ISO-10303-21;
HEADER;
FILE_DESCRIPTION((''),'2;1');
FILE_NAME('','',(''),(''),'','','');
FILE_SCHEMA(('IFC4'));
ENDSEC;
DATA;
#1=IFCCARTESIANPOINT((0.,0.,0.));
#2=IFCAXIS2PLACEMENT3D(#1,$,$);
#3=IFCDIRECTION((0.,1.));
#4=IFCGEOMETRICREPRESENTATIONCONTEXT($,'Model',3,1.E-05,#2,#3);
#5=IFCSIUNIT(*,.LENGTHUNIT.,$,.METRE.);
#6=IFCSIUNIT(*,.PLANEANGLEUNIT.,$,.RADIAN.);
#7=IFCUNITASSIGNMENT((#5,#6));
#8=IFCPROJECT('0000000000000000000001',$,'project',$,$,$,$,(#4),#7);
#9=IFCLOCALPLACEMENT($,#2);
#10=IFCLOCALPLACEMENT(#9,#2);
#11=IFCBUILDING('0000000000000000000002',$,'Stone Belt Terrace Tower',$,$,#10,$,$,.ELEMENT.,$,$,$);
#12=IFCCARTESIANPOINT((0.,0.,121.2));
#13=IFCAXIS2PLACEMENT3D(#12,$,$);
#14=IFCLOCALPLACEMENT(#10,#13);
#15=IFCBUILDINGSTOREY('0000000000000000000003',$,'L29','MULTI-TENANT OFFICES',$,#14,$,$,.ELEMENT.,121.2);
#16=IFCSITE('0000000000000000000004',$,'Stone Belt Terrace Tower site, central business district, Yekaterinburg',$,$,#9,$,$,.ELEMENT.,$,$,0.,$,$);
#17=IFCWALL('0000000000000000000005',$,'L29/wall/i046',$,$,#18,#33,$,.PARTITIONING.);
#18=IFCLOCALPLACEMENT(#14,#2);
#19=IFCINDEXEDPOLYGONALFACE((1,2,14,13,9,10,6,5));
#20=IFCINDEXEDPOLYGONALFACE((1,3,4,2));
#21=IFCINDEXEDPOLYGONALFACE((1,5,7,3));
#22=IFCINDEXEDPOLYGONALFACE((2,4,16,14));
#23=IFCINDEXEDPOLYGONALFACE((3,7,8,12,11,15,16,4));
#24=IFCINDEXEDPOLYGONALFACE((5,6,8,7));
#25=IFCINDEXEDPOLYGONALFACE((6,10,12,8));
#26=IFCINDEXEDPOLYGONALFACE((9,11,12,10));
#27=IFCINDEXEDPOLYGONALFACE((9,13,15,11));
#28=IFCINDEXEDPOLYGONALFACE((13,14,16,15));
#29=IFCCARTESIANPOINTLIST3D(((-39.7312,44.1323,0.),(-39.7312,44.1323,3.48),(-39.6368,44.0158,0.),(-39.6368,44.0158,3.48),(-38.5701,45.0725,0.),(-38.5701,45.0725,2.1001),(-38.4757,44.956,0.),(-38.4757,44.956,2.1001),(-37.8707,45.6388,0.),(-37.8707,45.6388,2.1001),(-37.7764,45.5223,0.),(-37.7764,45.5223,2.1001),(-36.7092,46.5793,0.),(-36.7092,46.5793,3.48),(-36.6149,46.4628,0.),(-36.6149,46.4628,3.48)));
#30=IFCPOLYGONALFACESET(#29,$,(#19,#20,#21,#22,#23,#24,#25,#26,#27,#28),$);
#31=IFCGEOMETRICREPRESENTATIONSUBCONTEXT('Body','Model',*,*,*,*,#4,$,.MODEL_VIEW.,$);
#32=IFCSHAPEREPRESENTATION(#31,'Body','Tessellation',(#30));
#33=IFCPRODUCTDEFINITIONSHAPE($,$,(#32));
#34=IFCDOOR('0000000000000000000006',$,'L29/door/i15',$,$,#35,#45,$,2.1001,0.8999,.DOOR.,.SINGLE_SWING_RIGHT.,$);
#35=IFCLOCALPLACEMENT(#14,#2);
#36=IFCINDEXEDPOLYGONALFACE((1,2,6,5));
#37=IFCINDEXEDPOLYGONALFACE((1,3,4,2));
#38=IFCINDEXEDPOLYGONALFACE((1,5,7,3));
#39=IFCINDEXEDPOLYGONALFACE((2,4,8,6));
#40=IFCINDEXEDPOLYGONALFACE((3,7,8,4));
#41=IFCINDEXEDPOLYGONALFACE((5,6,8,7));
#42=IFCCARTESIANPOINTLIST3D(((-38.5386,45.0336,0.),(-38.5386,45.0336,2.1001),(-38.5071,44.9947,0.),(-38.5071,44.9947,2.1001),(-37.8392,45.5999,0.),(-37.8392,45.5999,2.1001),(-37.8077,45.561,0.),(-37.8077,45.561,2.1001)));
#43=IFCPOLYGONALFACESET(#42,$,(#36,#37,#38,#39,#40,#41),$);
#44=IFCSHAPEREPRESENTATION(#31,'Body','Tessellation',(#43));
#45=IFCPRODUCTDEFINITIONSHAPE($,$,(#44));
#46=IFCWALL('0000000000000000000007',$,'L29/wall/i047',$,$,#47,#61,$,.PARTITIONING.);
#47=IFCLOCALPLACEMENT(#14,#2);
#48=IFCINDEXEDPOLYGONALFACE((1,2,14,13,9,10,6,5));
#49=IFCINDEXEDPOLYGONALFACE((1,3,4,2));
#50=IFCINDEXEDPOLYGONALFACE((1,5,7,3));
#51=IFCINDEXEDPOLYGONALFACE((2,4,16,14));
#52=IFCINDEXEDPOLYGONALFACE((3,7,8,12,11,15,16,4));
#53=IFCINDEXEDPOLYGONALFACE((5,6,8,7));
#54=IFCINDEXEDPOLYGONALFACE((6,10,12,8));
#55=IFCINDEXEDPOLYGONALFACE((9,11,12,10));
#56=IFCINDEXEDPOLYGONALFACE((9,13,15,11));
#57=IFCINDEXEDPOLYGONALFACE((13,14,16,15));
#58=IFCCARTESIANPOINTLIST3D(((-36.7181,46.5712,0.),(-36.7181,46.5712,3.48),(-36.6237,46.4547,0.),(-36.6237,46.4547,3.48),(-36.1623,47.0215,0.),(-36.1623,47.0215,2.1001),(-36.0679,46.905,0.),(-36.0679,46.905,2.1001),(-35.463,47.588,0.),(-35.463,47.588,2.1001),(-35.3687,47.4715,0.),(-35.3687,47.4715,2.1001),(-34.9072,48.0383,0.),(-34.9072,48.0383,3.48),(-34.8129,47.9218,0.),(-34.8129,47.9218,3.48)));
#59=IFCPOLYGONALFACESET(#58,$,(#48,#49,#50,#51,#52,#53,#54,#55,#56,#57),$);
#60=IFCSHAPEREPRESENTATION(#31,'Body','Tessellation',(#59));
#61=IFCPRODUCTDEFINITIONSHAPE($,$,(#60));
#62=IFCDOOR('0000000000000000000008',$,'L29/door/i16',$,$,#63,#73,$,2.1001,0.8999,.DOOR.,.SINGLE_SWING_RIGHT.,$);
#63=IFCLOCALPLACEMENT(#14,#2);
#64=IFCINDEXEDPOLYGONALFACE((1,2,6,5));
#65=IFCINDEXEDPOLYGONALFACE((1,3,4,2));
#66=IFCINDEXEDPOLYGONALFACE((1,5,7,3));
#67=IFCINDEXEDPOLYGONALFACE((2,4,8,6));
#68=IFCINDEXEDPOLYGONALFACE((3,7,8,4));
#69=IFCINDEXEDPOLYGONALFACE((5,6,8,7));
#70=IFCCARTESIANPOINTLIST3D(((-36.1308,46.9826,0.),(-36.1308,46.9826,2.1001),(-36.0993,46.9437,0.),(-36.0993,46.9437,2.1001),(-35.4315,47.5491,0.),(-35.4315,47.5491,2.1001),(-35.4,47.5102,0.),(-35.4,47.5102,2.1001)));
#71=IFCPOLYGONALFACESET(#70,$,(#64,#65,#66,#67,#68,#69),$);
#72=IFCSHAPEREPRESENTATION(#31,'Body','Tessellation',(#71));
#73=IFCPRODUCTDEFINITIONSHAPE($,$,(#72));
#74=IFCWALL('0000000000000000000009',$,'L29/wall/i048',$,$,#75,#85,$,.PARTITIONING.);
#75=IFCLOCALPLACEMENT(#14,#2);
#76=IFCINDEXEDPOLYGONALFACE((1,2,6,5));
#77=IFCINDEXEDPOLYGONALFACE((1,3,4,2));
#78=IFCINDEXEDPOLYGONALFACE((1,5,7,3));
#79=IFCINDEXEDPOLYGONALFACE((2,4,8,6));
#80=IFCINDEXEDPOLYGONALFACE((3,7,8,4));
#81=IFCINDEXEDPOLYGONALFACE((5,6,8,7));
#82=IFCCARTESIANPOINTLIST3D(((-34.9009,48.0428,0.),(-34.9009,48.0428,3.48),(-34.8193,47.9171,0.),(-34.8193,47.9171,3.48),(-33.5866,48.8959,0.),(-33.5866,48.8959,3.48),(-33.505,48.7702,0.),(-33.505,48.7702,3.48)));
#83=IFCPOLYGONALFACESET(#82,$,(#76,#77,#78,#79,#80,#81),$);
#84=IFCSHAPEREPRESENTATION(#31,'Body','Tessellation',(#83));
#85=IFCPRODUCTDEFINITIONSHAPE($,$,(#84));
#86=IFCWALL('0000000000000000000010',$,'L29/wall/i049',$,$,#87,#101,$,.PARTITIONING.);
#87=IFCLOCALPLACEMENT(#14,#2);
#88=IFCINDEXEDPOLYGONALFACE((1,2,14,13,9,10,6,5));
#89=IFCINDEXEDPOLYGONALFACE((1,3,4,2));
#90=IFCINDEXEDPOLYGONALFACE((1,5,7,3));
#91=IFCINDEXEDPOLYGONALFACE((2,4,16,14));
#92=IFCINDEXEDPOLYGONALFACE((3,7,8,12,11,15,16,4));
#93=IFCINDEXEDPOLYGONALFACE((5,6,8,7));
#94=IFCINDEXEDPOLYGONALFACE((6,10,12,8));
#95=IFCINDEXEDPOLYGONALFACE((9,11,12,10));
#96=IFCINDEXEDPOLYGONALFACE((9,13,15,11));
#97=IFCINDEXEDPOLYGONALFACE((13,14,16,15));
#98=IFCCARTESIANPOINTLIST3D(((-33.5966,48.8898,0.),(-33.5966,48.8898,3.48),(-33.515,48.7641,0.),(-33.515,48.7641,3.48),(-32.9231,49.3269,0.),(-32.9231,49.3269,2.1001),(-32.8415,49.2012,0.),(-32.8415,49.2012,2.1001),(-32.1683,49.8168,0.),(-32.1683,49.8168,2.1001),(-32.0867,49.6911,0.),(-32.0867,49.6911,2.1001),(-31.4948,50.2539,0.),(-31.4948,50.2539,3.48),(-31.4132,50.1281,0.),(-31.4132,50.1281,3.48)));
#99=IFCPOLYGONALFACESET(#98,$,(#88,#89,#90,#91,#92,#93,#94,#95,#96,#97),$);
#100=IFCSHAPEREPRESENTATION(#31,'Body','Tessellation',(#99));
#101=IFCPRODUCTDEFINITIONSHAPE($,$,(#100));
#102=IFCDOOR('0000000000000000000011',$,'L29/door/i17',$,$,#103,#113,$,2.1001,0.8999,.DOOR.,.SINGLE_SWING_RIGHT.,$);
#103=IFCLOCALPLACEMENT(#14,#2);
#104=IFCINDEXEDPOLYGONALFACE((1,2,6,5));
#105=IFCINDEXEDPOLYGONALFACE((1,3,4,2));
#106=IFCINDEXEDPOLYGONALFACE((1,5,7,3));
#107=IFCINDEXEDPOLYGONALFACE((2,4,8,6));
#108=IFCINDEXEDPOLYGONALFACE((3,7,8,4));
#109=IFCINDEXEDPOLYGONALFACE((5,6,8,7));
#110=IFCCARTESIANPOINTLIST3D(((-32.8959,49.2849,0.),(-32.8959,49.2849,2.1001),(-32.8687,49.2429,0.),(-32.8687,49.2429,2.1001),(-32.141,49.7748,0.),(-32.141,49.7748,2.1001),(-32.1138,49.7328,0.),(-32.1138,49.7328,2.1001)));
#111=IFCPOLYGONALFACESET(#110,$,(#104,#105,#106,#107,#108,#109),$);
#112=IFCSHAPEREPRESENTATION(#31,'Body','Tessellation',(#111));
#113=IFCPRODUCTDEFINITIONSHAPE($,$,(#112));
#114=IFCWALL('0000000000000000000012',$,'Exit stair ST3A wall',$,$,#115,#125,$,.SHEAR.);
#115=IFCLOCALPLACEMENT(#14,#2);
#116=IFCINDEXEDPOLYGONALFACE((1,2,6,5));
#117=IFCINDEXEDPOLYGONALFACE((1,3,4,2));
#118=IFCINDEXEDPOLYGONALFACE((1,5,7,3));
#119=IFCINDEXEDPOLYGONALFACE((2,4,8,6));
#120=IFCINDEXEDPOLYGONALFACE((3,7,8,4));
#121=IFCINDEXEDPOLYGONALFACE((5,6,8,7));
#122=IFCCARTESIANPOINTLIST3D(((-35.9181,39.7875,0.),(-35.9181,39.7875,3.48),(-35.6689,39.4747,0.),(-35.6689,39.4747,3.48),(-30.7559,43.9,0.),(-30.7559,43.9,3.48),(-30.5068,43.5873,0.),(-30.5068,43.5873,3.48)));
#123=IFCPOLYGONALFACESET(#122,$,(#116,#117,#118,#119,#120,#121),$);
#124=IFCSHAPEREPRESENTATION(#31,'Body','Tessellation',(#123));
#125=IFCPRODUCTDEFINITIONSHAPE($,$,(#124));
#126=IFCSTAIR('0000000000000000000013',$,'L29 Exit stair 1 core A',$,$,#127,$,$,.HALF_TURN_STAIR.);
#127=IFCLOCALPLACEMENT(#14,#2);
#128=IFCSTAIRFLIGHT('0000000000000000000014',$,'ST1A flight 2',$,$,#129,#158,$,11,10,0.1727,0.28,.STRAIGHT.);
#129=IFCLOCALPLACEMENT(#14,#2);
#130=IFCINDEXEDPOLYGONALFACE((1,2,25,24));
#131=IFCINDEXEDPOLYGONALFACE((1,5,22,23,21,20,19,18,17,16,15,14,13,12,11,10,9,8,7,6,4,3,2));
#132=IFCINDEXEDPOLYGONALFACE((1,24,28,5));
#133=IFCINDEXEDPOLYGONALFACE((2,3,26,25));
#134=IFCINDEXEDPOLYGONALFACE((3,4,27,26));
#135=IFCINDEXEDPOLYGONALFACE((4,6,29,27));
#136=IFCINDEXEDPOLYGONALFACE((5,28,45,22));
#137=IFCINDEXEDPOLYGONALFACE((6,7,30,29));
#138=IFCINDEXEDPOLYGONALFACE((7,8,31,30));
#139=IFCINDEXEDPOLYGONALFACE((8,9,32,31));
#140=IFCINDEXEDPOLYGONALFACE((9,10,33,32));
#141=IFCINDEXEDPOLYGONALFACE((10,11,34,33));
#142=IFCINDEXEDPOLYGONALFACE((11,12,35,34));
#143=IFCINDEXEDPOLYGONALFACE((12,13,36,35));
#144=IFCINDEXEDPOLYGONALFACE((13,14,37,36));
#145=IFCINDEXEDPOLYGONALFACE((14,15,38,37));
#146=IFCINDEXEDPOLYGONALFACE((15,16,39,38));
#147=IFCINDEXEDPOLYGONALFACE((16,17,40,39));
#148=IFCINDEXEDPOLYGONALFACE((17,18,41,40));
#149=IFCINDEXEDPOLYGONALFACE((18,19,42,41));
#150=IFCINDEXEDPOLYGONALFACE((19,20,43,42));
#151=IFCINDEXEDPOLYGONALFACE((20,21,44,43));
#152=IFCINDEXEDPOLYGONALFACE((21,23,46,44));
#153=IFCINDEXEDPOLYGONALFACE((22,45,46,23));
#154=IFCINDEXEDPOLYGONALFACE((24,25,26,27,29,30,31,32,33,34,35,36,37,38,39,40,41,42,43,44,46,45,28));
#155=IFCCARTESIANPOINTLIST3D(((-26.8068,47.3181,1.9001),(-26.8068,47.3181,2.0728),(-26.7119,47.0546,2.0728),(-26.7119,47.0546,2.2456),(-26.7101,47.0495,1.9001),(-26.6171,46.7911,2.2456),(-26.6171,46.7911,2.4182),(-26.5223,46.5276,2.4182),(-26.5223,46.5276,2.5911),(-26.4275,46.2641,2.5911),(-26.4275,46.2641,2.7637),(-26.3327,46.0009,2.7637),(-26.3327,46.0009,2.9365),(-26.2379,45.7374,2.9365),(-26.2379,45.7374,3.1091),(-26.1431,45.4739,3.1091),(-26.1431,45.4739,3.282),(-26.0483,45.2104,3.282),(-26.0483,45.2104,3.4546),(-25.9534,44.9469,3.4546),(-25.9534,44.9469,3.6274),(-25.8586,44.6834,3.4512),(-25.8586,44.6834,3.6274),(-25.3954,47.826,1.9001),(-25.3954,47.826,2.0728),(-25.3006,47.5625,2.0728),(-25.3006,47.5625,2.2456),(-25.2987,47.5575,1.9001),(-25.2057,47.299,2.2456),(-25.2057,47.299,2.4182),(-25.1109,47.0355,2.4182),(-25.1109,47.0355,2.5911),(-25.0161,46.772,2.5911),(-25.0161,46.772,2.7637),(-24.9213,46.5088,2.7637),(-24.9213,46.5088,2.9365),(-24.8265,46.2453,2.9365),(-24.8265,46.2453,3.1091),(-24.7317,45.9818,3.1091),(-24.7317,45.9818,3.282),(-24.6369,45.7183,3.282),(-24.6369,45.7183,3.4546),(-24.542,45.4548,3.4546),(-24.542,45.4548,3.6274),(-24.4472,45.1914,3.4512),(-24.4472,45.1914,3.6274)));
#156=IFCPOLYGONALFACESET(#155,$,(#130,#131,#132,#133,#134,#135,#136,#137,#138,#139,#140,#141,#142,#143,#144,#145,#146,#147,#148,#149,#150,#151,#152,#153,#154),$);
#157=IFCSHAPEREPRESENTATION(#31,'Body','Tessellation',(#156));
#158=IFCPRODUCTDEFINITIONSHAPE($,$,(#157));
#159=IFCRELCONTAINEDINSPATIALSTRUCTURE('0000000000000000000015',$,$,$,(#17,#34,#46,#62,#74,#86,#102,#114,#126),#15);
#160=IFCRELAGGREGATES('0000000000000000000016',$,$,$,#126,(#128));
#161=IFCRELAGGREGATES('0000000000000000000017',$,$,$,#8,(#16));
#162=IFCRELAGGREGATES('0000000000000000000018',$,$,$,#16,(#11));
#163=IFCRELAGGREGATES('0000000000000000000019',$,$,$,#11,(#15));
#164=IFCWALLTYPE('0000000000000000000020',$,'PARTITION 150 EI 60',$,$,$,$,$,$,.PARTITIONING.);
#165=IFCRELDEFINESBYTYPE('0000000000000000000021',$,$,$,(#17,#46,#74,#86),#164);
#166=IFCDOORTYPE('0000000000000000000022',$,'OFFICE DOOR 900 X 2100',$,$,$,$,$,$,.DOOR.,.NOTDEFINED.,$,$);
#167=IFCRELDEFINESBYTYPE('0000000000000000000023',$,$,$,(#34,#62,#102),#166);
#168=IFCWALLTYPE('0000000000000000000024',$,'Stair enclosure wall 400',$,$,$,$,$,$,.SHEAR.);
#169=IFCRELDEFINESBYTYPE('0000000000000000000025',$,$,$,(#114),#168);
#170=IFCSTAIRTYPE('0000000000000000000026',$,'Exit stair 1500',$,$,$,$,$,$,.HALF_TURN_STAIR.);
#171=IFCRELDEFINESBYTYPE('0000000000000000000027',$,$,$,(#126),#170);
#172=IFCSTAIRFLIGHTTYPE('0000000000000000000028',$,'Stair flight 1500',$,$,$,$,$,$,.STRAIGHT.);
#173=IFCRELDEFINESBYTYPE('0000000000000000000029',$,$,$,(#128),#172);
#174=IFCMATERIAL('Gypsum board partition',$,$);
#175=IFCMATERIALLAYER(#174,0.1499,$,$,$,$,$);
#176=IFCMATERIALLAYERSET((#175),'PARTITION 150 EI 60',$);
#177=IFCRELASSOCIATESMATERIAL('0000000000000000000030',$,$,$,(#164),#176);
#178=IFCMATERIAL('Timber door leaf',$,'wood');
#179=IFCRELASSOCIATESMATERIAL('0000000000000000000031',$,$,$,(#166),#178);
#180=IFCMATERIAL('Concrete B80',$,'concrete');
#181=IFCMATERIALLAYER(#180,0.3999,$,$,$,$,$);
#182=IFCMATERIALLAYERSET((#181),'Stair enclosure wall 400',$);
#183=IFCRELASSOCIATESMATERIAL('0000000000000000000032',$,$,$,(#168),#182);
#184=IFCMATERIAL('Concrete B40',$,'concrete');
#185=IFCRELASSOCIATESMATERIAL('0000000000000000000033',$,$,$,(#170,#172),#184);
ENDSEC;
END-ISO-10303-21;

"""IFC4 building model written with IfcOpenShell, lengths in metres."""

from ifc_helpers import new_model, si_unit, direction, frame, frame_2d, origin, place, context, subcontext, project, spatial, polyline, rectangle, outline, extrude, material, layer, layer_set, type_object, element, fill, aggregate, save


model = new_model("IFC4")

# Units and contexts
model_context = context("Model", 3, precision=1e-05, world=origin(), true_north=direction((0.0, 1.0)))
body_context = subcontext(model_context, "Body", "Model", "MODEL_VIEW")
ifc_project = project(units=[si_unit("LENGTHUNIT", "METRE"), si_unit("PLANEANGLEUNIT", "RADIAN")], contexts=[model_context])

# Site, building, storey
site_placement = place(None, origin())
site = spatial("IfcSite", under=ifc_project, at=site_placement, Name="Stone Belt Terrace Tower site, central business district, Yekaterinburg", CompositionType="ELEMENT", RefElevation=0.0)
building_placement = place(site_placement, origin())
building = spatial("IfcBuilding", under=site, at=building_placement, Name="Stone Belt Terrace Tower", CompositionType="ELEMENT")
storey_placement = place(building_placement, frame((0.0, 0.0, 121.2)))
storey = spatial("IfcBuildingStorey", under=building, at=storey_placement, Name="L29", Description="MULTI-TENANT OFFICES", CompositionType="ELEMENT", Elevation=121.2)

# Shared definitions
ifc_material_1 = material(Name="Concrete B80", Category="concrete")

# Shared definitions
ifc_material_2 = material(Name="Gypsum board partition")
ifc_layer_1 = layer(ifc_material_2, 0.1499)
ifc_layer_set_1 = layer_set([ifc_layer_1], Name="PARTITION 150 EI 60")
wall_type_1 = type_object("IfcWallType", Name="PARTITION 150 EI 60", PredefinedType="PARTITIONING", material=ifc_layer_set_1)

# Shared definitions
ifc_material_3 = material(Name="Timber door leaf", Category="wood")
door_type_1 = type_object("IfcDoorType", Name="OFFICE DOOR 900 X 2100", OperationType="NOTDEFINED", PredefinedType="DOOR", material=ifc_material_3)

# Walls, openings, doors
wall_1_placement = place(storey_placement, frame((-39.6841, 44.074, 0.0), z_axis=(0.0, 0.0, 1.0), x_axis=(0.777162, 0.629301, 0.0)))
wall_1 = element("IfcWall", 1, at=wall_1_placement, inside=storey, type_object=wall_type_1, Name="L29/wall/i046", PredefinedType="PARTITIONING", context=body_context, shape_type="SweptSolid", body=[
    extrude(rectangle(XDim=3.8884, YDim=0.1499, at=frame_2d((1.9443, 0.0))), origin(), (0.0, 0.0, 1.0), 3.48),
])
opening_1_placement = place(wall_1_placement, frame((1.4941, 0.0, 0.0)))
opening_1 = element("IfcOpeningElement", 2, at=opening_1_placement, cuts=wall_1, PredefinedType="OPENING", context=body_context, shape_type="SweptSolid", body=[
    extrude(rectangle(XDim=0.8999, YDim=2.1001, at=frame_2d((0.45, 1.05))), frame((0.0, 0.085, 0.0), z_axis=(0.0, -1.0, 0.0), x_axis=(1.0, 0.0, 0.0)), (0.0, 0.0, 1.0), 0.1699),
])
door_1_placement = place(opening_1_placement, origin())
door_1 = element("IfcDoor", 3, at=door_1_placement, inside=storey, type_object=door_type_1, Name="L29/door/i15", OperationType="SINGLE_SWING_RIGHT", OverallHeight=2.1001, OverallWidth=0.8999, PredefinedType="DOOR", context=body_context, shape_type="SweptSolid", body=[
    extrude(rectangle(XDim=0.8999, YDim=2.1001, at=frame_2d((0.45, 1.05))), frame((0.0, 0.0249, 0.0), z_axis=(0.0, -1.0, 0.0), x_axis=(1.0, 0.0, 0.0)), (0.0, 0.0, 1.0), 0.05),
])
fill(opening_1, door_1)
wall_2_placement = place(storey_placement, frame((-36.6709, 46.5129, 0.0), z_axis=(0.0, 0.0, 1.0), x_axis=(0.777001, 0.6295, 0.0)))
wall_2 = element("IfcWall", 4, at=wall_2_placement, inside=storey, type_object=wall_type_1, Name="L29/wall/i047", PredefinedType="PARTITIONING", context=body_context, shape_type="SweptSolid", body=[
    extrude(rectangle(XDim=2.3306, YDim=0.1499, at=frame_2d((1.1653, 0.0))), origin(), (0.0, 0.0, 1.0), 3.48),
])
opening_2_placement = place(wall_2_placement, frame((0.7153, 0.0, 0.0)))
opening_2 = element("IfcOpeningElement", 5, at=opening_2_placement, cuts=wall_2, PredefinedType="OPENING", context=body_context, shape_type="SweptSolid", body=[
    extrude(rectangle(XDim=0.8999, YDim=2.1001, at=frame_2d((0.45, 1.05))), frame((0.0, 0.085, 0.0), z_axis=(0.0, -1.0, 0.0), x_axis=(1.0, 0.0, 0.0)), (0.0, 0.0, 1.0), 0.1699),
])
door_2_placement = place(opening_2_placement, origin())
door_2 = element("IfcDoor", 6, at=door_2_placement, inside=storey, type_object=door_type_1, Name="L29/door/i16", OperationType="SINGLE_SWING_RIGHT", OverallHeight=2.1001, OverallWidth=0.8999, PredefinedType="DOOR", context=body_context, shape_type="SweptSolid", body=[
    extrude(rectangle(XDim=0.8999, YDim=2.1001, at=frame_2d((0.45, 1.05))), frame((0.0, 0.0249, 0.0), z_axis=(0.0, -1.0, 0.0), x_axis=(1.0, 0.0, 0.0)), (0.0, 0.0, 1.0), 0.05),
])
fill(opening_2, door_2)

# Wall
wall_3_placement = place(storey_placement, frame((-34.8601, 47.98, 0.0), z_axis=(0.0, 0.0, 1.0), x_axis=(0.838796, 0.544446, 0.0)))
element("IfcWall", 7, at=wall_3_placement, inside=storey, type_object=wall_type_1, Name="L29/wall/i048", PredefinedType="PARTITIONING", context=body_context, shape_type="SweptSolid", body=[
    extrude(rectangle(XDim=1.5669, YDim=0.1499, at=frame_2d((0.7834, 0.0))), origin(), (0.0, 0.0, 1.0), 3.48),
])

# Wall, opening, door
wall_4_placement = place(storey_placement, frame((-33.5559, 48.8269, 0.0), z_axis=(0.0, 0.0, 1.0), x_axis=(0.838837, 0.544382, 0.0)))
wall_4 = element("IfcWall", 8, at=wall_4_placement, inside=storey, type_object=wall_type_1, Name="L29/wall/i049", PredefinedType="PARTITIONING", context=body_context, shape_type="SweptSolid", body=[
    extrude(rectangle(XDim=2.5056, YDim=0.1499, at=frame_2d((1.2529, 0.0))), origin(), (0.0, 0.0, 1.0), 3.48),
])
opening_3_placement = place(wall_4_placement, frame((0.803, 0.0, 0.0)))
opening_3 = element("IfcOpeningElement", 9, at=opening_3_placement, cuts=wall_4, PredefinedType="OPENING", context=body_context, shape_type="SweptSolid", body=[
    extrude(rectangle(XDim=0.8999, YDim=2.1001, at=frame_2d((0.45, 1.05))), frame((0.0, 0.085, 0.0), z_axis=(0.0, -1.0, 0.0), x_axis=(1.0, 0.0, 0.0)), (0.0, 0.0, 1.0), 0.1699),
])
door_3_placement = place(opening_3_placement, origin())
door_3 = element("IfcDoor", 10, at=door_3_placement, inside=storey, type_object=door_type_1, Name="L29/door/i17", OperationType="SINGLE_SWING_RIGHT", OverallHeight=2.1001, OverallWidth=0.8999, PredefinedType="DOOR", context=body_context, shape_type="SweptSolid", body=[
    extrude(rectangle(XDim=0.8999, YDim=2.1001, at=frame_2d((0.45, 1.05))), frame((0.0, 0.0249, 0.0), z_axis=(0.0, -1.0, 0.0), x_axis=(1.0, 0.0, 0.0)), (0.0, 0.0, 1.0), 0.05),
])
fill(opening_3, door_3)

# Wall
ifc_layer_2 = layer(ifc_material_1, 0.3999)
ifc_layer_set_2 = layer_set([ifc_layer_2], Name="Stair enclosure wall 400")
wall_type_2 = type_object("IfcWallType", Name="Stair enclosure wall 400", PredefinedType="SHEAR", material=ifc_layer_set_2)
wall_5_placement = place(storey_placement, frame((-30.6313, 43.7437, 0.0), z_axis=(0.0, 0.0, 1.0), x_axis=(-0.782134, -0.62311, 0.0)))
element("IfcWall", 11, at=wall_5_placement, inside=storey, type_object=wall_type_2, Name="Exit stair ST3A wall", PredefinedType="SHEAR", context=body_context, shape_type="SweptSolid", body=[
    extrude(rectangle(XDim=6.6001, YDim=0.3999, at=frame_2d((3.3, 0.0))), origin(), (0.0, 0.0, 1.0), 3.48),
])

# Stair, stair flight
ifc_material_4 = material(Name="Concrete B40", Category="concrete")
stair_type = type_object("IfcStairType", Name="Exit stair 1500", PredefinedType="HALF_TURN_STAIR", material=ifc_material_4)
stair_placement = place(storey_placement, origin())
stair = element("IfcStair", 12, at=stair_placement, inside=storey, type_object=stair_type, Name="L29 Exit stair 1 core A", PredefinedType="HALF_TURN_STAIR")
stair_flight_type = type_object("IfcStairFlightType", Name="Stair flight 1500", PredefinedType="STRAIGHT", material=ifc_material_4)
stair_flight_placement = place(storey_placement, frame((-26.1011, 47.572, 1.9001), z_axis=(0.0, 0.0, 1.0), x_axis=(0.338624, -0.940922, 0.0)))
stair_flight = element("IfcStairFlight", 13, at=stair_flight_placement, type_object=stair_flight_type, Name="ST1A flight 2", NumberOfRisers=11, NumberOfTreads=10, PredefinedType="STRAIGHT", RiserHeight=0.1727, TreadLength=0.28, context=body_context, shape_type="SweptSolid", body=[
    extrude(outline(polyline([(0.0, 0.0), (0.0, 0.1726), (0.28, 0.1726), (0.28, 0.3455), (0.5601, 0.3455), (0.5601, 0.5181), (0.8401, 0.5181), (0.8401, 0.6909), (1.1201, 0.6909), (1.1201, 0.8635), (1.3999, 0.8635), (1.3999, 1.0364), (1.6799, 1.0364), (1.6799, 1.209), (1.96, 1.209), (1.96, 1.3818), (2.24, 1.3818), (2.24, 1.5544), (2.52, 1.5544), (2.52, 1.7273), (2.8, 1.7273), (2.8, 1.8999), (2.8, 1.551), (0.2854, 0.0), (0.0, 0.0)])), frame((0.0, 0.75, 0.0), z_axis=(0.0, -1.0, 0.0), x_axis=(1.0, 0.0, 0.0)), (0.0, 0.0, 1.0), 1.5),
])
aggregate(stair, [stair_flight])

save(model, "model.ifc")
